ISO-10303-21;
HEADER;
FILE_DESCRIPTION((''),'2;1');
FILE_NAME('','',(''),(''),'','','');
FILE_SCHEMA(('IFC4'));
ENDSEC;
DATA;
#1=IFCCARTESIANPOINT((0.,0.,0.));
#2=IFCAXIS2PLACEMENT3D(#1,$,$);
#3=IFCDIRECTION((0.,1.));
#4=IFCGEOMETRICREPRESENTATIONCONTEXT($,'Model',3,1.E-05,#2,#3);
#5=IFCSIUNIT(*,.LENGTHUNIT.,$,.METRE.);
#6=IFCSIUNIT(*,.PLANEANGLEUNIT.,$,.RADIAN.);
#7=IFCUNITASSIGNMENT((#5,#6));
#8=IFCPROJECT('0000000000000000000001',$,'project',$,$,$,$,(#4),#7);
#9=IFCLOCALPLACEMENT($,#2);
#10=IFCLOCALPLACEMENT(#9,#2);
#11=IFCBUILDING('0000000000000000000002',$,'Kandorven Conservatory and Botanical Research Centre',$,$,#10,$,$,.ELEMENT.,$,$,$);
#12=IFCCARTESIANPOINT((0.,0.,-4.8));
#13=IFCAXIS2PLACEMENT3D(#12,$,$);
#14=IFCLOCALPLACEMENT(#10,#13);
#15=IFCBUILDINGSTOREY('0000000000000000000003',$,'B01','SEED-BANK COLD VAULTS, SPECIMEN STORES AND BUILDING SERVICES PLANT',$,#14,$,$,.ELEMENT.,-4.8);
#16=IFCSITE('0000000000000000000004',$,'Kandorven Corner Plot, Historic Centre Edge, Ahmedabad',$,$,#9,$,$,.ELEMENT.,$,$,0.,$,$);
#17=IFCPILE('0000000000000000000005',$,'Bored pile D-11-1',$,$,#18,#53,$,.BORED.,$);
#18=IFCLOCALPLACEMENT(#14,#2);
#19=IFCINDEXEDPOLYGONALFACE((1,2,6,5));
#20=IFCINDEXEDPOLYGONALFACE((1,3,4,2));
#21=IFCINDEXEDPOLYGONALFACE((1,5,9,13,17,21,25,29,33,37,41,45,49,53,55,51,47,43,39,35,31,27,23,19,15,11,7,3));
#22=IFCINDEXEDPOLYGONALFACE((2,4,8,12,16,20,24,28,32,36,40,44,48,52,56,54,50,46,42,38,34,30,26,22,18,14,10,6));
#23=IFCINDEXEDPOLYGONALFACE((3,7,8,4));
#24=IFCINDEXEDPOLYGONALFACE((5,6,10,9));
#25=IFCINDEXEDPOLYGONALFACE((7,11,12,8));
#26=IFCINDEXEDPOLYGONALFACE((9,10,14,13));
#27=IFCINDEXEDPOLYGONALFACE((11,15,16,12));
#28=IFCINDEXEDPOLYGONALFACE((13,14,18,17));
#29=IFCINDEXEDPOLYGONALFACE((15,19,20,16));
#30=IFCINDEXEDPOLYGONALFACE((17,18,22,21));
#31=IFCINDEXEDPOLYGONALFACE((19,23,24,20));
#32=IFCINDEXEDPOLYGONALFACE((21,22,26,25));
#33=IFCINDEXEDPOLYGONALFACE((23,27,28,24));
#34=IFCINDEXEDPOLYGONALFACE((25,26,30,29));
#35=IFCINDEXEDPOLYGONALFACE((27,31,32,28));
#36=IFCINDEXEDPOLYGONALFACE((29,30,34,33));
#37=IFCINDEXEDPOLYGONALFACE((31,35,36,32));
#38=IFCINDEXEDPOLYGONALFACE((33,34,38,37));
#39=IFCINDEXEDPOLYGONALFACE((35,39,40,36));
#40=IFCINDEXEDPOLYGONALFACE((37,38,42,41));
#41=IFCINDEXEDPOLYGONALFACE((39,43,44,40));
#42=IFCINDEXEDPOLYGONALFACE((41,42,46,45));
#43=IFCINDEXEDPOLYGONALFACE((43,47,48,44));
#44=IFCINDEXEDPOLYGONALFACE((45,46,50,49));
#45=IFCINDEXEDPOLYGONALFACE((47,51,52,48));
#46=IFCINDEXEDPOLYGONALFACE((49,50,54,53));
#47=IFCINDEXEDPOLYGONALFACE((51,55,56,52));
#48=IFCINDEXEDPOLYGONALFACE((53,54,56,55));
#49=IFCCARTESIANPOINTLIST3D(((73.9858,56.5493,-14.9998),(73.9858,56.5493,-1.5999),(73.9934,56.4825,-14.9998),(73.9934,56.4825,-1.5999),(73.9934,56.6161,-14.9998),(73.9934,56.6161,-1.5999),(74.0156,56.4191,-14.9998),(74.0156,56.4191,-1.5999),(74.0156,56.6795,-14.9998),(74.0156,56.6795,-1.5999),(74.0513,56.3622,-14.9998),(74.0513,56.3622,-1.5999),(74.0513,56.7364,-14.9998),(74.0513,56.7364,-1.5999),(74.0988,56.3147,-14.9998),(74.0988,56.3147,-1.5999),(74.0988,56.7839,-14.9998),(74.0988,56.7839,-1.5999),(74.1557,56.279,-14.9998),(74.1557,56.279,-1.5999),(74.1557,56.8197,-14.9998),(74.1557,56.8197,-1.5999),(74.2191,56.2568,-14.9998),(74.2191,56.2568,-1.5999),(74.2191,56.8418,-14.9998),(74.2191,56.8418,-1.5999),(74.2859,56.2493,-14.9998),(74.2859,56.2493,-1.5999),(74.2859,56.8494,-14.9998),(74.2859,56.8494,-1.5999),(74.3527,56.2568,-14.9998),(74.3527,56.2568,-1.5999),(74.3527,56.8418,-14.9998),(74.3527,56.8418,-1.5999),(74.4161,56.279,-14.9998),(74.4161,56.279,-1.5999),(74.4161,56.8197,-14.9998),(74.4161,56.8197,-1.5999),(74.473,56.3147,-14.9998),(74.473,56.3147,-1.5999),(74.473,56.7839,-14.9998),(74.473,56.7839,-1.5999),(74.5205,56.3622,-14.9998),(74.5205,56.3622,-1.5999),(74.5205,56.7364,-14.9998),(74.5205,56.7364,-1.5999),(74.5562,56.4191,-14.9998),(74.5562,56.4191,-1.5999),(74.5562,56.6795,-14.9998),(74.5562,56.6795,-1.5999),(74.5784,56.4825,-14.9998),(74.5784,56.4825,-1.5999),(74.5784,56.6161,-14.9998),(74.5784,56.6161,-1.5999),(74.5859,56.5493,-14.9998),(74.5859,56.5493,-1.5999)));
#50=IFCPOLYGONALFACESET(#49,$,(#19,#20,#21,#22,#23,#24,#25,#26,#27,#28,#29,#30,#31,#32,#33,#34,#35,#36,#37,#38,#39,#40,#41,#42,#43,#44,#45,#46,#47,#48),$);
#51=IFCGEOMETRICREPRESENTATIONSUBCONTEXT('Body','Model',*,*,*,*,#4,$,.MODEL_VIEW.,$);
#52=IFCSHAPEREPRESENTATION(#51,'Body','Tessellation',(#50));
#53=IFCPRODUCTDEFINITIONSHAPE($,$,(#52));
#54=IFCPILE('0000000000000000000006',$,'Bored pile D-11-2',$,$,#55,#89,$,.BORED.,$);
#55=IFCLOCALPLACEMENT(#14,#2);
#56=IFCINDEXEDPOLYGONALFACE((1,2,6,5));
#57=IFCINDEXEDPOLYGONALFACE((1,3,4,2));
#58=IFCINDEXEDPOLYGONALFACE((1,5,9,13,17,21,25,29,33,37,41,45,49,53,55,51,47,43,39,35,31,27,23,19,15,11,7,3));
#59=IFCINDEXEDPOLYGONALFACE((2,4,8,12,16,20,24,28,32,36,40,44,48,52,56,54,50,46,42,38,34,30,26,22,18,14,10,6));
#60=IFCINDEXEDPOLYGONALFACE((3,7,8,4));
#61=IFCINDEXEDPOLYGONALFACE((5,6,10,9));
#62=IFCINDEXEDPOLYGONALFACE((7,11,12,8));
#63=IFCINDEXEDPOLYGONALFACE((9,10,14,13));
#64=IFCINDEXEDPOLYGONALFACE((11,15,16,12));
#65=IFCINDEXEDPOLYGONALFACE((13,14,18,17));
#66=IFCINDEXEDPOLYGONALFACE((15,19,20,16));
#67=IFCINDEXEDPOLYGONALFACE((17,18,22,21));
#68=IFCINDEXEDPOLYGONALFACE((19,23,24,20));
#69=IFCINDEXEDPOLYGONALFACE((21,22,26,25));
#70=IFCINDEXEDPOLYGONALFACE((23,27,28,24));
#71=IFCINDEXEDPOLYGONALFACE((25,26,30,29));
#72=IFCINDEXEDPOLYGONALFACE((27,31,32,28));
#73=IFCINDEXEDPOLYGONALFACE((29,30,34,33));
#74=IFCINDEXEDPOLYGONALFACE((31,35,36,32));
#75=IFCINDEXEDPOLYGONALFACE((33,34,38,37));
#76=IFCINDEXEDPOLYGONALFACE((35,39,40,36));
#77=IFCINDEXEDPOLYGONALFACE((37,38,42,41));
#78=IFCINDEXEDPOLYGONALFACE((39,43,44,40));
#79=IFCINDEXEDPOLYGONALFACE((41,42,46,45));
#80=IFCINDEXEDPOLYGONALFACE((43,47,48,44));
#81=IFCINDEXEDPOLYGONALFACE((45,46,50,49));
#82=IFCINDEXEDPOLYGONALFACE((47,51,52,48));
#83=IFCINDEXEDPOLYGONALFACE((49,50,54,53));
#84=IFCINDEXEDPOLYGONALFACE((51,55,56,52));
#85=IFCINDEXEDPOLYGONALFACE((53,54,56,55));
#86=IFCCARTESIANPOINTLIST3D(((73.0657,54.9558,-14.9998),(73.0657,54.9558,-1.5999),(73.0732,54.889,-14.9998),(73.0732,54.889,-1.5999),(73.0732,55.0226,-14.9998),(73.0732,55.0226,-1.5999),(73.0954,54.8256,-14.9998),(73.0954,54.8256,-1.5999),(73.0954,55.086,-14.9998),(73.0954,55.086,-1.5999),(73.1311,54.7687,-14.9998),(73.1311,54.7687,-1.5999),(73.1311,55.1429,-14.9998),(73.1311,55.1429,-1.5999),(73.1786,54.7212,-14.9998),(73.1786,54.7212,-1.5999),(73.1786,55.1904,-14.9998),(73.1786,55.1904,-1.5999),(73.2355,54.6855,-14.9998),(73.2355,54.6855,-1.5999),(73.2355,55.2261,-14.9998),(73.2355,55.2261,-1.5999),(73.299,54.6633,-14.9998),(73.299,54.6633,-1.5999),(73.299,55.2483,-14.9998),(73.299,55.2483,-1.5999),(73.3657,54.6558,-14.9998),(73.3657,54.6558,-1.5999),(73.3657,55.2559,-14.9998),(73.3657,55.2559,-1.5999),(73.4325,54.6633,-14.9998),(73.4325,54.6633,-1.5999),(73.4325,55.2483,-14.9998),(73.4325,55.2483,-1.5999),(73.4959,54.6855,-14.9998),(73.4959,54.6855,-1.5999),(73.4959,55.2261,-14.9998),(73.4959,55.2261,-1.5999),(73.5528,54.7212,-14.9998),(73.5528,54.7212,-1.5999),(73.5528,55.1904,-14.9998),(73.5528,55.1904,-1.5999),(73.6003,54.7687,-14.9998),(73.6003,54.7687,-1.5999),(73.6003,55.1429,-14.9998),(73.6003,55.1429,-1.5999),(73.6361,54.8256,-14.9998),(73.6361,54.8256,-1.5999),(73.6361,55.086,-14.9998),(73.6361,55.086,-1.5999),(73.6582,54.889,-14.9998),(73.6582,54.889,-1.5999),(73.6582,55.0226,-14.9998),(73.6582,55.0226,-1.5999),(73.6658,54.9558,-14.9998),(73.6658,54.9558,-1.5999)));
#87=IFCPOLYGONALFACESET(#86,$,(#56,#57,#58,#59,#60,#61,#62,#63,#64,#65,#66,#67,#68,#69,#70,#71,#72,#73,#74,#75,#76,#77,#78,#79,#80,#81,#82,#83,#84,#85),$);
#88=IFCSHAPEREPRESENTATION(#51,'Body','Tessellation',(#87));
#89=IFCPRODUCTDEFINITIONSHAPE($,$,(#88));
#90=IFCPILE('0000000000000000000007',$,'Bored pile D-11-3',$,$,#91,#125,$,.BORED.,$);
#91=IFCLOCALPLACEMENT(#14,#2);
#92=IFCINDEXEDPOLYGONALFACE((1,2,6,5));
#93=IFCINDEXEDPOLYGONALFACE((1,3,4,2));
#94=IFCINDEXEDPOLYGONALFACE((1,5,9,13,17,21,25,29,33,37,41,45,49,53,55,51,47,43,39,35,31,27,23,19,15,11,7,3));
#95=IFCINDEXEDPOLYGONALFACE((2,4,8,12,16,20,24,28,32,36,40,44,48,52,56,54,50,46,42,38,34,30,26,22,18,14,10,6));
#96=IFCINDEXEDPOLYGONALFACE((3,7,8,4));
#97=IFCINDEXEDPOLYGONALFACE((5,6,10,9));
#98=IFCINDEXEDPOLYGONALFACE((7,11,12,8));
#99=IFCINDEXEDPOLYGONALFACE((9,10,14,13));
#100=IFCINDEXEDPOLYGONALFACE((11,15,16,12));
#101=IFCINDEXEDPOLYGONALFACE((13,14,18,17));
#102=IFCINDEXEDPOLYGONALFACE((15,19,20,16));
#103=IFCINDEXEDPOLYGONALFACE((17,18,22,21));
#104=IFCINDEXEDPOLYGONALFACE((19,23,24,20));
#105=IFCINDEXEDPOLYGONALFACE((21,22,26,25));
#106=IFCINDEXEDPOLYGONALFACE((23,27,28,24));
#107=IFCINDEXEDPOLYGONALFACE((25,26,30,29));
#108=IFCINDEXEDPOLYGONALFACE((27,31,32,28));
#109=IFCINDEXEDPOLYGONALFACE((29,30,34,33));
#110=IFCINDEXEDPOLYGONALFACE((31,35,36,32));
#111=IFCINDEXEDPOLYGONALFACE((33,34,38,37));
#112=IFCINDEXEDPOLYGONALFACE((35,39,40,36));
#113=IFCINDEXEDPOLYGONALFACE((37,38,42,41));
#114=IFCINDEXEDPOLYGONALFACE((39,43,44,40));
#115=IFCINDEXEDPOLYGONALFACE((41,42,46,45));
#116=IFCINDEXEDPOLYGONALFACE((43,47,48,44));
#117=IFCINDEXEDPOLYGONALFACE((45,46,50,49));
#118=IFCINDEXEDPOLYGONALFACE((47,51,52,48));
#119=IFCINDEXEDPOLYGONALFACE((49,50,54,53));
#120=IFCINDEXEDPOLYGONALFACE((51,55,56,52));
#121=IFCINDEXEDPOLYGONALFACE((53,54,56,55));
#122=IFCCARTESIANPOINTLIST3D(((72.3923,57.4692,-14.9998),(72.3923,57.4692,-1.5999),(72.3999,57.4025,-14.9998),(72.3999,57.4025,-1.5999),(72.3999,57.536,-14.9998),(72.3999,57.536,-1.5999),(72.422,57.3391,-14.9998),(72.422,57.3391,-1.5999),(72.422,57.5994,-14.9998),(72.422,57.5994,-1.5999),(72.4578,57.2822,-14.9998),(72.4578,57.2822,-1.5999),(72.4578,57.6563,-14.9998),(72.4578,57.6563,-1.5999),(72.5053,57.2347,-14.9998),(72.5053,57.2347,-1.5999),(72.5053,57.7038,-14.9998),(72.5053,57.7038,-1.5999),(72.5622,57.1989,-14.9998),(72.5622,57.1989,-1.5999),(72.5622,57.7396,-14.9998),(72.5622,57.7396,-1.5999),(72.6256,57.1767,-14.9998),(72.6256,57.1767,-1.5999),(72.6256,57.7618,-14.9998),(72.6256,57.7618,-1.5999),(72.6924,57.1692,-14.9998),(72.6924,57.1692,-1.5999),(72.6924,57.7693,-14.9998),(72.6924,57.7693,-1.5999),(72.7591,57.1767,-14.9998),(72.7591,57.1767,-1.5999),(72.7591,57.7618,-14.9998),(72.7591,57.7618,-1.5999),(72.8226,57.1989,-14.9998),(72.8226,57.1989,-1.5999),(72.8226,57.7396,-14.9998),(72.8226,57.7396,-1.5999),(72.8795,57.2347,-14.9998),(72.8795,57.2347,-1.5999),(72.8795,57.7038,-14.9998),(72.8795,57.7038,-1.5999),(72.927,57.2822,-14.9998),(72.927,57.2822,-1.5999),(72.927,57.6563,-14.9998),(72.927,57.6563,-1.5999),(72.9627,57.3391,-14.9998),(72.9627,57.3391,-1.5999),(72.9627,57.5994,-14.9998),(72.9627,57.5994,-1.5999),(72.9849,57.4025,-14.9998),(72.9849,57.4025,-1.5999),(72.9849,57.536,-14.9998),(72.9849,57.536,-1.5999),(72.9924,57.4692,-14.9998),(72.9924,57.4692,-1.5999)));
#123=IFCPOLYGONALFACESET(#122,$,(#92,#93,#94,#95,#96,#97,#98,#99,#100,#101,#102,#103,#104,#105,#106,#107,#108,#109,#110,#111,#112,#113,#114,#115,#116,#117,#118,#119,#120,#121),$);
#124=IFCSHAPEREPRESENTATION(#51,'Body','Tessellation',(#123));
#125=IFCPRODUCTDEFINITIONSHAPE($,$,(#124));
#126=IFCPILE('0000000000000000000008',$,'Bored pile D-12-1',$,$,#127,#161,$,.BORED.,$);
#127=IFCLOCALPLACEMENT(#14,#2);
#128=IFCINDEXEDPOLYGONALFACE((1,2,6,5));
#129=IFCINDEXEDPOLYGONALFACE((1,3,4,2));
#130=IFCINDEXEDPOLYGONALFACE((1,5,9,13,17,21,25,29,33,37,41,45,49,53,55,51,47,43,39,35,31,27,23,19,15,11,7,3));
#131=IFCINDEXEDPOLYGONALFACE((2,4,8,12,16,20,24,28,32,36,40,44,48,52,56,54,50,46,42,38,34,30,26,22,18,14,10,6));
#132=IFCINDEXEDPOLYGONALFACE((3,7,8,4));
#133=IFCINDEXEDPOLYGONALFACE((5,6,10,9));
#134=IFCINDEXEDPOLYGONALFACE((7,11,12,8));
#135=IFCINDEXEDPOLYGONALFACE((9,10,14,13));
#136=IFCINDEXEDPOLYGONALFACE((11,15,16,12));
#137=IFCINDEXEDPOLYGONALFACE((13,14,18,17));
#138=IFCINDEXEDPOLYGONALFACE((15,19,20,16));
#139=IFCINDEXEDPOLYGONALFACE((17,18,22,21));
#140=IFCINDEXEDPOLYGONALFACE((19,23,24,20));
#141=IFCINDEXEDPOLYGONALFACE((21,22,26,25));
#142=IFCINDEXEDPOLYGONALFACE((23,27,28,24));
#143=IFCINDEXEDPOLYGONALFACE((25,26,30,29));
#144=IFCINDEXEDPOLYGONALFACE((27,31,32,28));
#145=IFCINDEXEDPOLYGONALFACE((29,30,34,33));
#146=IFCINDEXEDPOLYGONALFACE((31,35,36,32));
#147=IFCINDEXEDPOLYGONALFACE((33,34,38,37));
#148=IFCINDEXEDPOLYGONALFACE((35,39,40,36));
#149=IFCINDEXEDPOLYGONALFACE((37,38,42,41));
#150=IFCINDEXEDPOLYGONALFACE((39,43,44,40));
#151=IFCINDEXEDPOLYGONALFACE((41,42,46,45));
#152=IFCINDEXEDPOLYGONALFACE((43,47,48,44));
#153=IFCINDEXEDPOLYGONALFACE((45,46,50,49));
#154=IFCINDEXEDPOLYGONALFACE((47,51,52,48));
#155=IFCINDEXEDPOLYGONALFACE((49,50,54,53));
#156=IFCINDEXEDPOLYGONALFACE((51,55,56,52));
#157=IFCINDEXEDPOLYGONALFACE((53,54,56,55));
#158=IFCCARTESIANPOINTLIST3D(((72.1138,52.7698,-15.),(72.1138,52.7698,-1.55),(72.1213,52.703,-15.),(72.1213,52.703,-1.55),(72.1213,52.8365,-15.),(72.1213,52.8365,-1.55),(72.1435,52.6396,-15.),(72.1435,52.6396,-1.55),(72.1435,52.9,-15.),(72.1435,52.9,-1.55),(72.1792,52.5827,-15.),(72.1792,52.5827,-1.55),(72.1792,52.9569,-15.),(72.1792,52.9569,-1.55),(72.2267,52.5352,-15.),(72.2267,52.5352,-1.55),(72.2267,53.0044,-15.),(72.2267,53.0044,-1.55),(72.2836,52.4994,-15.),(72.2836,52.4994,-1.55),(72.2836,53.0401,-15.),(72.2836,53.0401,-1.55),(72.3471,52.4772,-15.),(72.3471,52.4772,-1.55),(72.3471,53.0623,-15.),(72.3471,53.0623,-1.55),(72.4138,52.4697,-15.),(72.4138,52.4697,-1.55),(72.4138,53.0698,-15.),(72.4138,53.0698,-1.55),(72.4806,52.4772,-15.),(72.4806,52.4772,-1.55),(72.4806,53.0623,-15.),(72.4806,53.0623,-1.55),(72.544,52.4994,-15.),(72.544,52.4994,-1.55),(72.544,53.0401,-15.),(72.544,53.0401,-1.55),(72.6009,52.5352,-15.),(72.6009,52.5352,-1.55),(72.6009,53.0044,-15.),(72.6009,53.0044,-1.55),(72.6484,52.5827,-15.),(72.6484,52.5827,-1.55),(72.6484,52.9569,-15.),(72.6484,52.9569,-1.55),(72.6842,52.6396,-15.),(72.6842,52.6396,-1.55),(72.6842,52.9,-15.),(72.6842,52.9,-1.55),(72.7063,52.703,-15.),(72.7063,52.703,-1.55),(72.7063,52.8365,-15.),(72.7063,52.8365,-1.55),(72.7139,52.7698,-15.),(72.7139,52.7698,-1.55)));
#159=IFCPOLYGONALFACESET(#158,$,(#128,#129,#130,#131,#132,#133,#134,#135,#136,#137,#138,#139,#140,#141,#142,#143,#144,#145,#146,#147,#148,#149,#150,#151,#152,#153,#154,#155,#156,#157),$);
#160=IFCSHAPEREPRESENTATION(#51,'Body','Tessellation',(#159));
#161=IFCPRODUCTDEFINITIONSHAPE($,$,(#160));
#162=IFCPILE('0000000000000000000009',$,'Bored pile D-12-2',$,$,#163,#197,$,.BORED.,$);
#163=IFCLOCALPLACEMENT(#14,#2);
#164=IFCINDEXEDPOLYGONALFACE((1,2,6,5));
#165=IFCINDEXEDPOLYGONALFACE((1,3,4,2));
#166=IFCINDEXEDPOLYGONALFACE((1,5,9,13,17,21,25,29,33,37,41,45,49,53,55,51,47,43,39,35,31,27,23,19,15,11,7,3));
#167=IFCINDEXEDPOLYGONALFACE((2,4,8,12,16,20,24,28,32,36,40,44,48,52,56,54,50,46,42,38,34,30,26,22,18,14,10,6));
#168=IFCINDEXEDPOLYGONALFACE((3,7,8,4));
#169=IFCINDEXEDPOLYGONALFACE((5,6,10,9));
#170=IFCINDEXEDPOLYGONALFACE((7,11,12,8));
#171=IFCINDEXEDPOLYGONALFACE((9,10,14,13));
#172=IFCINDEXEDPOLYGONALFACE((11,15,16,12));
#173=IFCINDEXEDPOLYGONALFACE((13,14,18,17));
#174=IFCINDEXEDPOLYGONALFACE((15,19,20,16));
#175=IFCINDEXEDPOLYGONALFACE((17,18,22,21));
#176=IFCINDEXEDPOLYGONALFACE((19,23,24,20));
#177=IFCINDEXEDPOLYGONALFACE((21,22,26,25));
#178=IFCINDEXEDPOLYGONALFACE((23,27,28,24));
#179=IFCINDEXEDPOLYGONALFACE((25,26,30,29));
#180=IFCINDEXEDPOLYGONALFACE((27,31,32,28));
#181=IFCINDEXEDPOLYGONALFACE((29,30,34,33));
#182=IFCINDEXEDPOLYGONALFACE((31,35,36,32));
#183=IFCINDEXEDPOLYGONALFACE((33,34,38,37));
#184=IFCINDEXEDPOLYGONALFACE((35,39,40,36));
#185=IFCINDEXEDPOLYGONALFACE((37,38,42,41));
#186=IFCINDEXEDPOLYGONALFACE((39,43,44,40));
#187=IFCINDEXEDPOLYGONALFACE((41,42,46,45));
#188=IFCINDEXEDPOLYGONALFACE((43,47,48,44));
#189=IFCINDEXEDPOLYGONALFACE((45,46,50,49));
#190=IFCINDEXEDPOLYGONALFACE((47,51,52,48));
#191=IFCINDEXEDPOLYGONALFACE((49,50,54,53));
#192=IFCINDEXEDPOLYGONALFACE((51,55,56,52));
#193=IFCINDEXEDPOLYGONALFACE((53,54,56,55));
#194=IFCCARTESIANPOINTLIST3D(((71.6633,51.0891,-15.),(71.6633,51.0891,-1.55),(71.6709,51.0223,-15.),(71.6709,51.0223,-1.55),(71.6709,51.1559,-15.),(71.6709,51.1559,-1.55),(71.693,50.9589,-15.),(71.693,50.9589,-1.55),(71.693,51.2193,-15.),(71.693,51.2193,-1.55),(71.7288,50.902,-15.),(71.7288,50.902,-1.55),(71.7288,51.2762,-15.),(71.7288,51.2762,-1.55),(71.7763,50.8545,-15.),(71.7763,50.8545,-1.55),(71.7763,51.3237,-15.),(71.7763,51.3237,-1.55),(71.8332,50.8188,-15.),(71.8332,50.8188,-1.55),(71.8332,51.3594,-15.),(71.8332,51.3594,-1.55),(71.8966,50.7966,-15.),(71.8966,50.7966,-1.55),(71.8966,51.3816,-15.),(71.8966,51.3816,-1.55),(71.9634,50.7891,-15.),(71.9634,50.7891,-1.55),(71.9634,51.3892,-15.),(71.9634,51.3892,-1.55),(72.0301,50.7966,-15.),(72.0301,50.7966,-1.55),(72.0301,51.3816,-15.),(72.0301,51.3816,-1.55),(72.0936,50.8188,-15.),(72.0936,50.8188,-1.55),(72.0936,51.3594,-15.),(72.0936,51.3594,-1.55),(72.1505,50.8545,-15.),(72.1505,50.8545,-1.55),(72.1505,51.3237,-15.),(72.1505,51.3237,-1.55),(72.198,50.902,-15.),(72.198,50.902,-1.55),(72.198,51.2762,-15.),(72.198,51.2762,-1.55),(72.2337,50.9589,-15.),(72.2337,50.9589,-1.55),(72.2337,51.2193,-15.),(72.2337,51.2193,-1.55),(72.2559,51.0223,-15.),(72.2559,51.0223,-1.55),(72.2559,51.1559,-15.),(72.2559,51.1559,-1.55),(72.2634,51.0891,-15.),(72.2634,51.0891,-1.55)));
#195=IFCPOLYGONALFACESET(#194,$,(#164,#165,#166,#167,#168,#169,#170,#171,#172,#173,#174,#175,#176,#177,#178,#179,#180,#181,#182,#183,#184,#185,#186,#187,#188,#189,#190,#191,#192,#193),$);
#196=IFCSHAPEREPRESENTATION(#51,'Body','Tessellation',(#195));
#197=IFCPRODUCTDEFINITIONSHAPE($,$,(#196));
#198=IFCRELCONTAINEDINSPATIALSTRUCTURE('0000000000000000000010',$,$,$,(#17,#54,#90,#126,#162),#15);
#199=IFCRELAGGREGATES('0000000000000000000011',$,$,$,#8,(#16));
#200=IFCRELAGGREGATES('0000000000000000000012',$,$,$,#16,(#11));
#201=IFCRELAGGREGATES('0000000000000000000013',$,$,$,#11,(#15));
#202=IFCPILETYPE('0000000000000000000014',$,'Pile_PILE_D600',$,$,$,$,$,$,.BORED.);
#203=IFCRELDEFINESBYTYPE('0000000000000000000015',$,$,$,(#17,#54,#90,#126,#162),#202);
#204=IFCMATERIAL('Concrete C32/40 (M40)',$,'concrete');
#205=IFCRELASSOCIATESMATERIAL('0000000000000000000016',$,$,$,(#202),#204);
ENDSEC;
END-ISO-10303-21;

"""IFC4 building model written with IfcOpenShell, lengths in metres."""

from ifc_helpers import new_model, si_unit, direction, frame, origin, origin_2d, place, context, subcontext, project, spatial, circle, extrude, material, material_profile, profile_set, type_object, element, save


model = new_model("IFC4")

# Units and contexts
model_context = context("Model", 3, precision=1e-05, world=origin(), true_north=direction((0.0, 1.0)))
body_context = subcontext(model_context, "Body", "Model", "MODEL_VIEW")
ifc_project = project(units=[si_unit("LENGTHUNIT", "METRE"), si_unit("PLANEANGLEUNIT", "RADIAN")], contexts=[model_context])

# Site, building, storey
site_placement = place(None, origin())
site = spatial("IfcSite", under=ifc_project, at=site_placement, Name="Kandorven Corner Plot, Historic Centre Edge, Ahmedabad", CompositionType="ELEMENT", RefElevation=0.0)
building_placement = place(site_placement, origin())
building = spatial("IfcBuilding", under=site, at=building_placement, Name="Kandorven Conservatory and Botanical Research Centre", CompositionType="ELEMENT")
storey_placement = place(building_placement, frame((0.0, 0.0, -4.8)))
storey = spatial("IfcBuildingStorey", under=building, at=storey_placement, Name="B01", Description="SEED-BANK COLD VAULTS, SPECIMEN STORES AND BUILDING SERVICES PLANT", CompositionType="ELEMENT", Elevation=-4.8)

# Piles
ifc_material_1 = material(Name="Concrete C32/40 (M40)", Category="concrete")
ifc_material_profile_1 = material_profile(ifc_material_1, circle(Radius=0.3, at=origin_2d()))
ifc_profile_set_1 = profile_set([ifc_material_profile_1], Name="Concrete C32/40 (M40)")
pile_type = type_object("IfcPileType", Name="Pile_PILE_D600", PredefinedType="BORED", material=ifc_profile_set_1)
for number, where, z_axis, x_axis, name in (
    (1, (74.2859, 56.5493, -1.5999), (0.0, 0.0, -1.0), (1.0, 0.0, 0.0), "Bored pile D-11-1"),
    (2, (73.3657, 54.9558, -1.5999), (0.0, 0.0, -1.0), (1.0, 0.0, 0.0), "Bored pile D-11-2"),
    (3, (72.6924, 57.4692, -1.5999), (0.0, 0.0, -1.0), (1.0, 0.0, 0.0), "Bored pile D-11-3"),
):
    element("IfcPile", number, at=place(storey_placement, frame(where, z_axis=z_axis, x_axis=x_axis)), inside=storey, type_object=pile_type, Name=name, PredefinedType="BORED", context=body_context, shape_type="SweptSolid", body=[
        extrude(circle(Radius=0.3, at=origin_2d()), origin(), (0.0, 0.0, 1.0), 13.3999),
    ])
for number, where, z_axis, x_axis, name in (
    (4, (72.4138, 52.7698, -1.55), (0.0, 0.0, -1.0), (1.0, 0.0, 0.0), "Bored pile D-12-1"),
    (5, (71.9634, 51.0891, -1.55), (0.0, 0.0, -1.0), (1.0, 0.0, 0.0), "Bored pile D-12-2"),
):
    element("IfcPile", number, at=place(storey_placement, frame(where, z_axis=z_axis, x_axis=x_axis)), inside=storey, type_object=pile_type, Name=name, PredefinedType="BORED", context=body_context, shape_type="SweptSolid", body=[
        extrude(circle(Radius=0.3, at=origin_2d()), origin(), (0.0, 0.0, 1.0), 13.45),
    ])

save(model, "model.ifc")
